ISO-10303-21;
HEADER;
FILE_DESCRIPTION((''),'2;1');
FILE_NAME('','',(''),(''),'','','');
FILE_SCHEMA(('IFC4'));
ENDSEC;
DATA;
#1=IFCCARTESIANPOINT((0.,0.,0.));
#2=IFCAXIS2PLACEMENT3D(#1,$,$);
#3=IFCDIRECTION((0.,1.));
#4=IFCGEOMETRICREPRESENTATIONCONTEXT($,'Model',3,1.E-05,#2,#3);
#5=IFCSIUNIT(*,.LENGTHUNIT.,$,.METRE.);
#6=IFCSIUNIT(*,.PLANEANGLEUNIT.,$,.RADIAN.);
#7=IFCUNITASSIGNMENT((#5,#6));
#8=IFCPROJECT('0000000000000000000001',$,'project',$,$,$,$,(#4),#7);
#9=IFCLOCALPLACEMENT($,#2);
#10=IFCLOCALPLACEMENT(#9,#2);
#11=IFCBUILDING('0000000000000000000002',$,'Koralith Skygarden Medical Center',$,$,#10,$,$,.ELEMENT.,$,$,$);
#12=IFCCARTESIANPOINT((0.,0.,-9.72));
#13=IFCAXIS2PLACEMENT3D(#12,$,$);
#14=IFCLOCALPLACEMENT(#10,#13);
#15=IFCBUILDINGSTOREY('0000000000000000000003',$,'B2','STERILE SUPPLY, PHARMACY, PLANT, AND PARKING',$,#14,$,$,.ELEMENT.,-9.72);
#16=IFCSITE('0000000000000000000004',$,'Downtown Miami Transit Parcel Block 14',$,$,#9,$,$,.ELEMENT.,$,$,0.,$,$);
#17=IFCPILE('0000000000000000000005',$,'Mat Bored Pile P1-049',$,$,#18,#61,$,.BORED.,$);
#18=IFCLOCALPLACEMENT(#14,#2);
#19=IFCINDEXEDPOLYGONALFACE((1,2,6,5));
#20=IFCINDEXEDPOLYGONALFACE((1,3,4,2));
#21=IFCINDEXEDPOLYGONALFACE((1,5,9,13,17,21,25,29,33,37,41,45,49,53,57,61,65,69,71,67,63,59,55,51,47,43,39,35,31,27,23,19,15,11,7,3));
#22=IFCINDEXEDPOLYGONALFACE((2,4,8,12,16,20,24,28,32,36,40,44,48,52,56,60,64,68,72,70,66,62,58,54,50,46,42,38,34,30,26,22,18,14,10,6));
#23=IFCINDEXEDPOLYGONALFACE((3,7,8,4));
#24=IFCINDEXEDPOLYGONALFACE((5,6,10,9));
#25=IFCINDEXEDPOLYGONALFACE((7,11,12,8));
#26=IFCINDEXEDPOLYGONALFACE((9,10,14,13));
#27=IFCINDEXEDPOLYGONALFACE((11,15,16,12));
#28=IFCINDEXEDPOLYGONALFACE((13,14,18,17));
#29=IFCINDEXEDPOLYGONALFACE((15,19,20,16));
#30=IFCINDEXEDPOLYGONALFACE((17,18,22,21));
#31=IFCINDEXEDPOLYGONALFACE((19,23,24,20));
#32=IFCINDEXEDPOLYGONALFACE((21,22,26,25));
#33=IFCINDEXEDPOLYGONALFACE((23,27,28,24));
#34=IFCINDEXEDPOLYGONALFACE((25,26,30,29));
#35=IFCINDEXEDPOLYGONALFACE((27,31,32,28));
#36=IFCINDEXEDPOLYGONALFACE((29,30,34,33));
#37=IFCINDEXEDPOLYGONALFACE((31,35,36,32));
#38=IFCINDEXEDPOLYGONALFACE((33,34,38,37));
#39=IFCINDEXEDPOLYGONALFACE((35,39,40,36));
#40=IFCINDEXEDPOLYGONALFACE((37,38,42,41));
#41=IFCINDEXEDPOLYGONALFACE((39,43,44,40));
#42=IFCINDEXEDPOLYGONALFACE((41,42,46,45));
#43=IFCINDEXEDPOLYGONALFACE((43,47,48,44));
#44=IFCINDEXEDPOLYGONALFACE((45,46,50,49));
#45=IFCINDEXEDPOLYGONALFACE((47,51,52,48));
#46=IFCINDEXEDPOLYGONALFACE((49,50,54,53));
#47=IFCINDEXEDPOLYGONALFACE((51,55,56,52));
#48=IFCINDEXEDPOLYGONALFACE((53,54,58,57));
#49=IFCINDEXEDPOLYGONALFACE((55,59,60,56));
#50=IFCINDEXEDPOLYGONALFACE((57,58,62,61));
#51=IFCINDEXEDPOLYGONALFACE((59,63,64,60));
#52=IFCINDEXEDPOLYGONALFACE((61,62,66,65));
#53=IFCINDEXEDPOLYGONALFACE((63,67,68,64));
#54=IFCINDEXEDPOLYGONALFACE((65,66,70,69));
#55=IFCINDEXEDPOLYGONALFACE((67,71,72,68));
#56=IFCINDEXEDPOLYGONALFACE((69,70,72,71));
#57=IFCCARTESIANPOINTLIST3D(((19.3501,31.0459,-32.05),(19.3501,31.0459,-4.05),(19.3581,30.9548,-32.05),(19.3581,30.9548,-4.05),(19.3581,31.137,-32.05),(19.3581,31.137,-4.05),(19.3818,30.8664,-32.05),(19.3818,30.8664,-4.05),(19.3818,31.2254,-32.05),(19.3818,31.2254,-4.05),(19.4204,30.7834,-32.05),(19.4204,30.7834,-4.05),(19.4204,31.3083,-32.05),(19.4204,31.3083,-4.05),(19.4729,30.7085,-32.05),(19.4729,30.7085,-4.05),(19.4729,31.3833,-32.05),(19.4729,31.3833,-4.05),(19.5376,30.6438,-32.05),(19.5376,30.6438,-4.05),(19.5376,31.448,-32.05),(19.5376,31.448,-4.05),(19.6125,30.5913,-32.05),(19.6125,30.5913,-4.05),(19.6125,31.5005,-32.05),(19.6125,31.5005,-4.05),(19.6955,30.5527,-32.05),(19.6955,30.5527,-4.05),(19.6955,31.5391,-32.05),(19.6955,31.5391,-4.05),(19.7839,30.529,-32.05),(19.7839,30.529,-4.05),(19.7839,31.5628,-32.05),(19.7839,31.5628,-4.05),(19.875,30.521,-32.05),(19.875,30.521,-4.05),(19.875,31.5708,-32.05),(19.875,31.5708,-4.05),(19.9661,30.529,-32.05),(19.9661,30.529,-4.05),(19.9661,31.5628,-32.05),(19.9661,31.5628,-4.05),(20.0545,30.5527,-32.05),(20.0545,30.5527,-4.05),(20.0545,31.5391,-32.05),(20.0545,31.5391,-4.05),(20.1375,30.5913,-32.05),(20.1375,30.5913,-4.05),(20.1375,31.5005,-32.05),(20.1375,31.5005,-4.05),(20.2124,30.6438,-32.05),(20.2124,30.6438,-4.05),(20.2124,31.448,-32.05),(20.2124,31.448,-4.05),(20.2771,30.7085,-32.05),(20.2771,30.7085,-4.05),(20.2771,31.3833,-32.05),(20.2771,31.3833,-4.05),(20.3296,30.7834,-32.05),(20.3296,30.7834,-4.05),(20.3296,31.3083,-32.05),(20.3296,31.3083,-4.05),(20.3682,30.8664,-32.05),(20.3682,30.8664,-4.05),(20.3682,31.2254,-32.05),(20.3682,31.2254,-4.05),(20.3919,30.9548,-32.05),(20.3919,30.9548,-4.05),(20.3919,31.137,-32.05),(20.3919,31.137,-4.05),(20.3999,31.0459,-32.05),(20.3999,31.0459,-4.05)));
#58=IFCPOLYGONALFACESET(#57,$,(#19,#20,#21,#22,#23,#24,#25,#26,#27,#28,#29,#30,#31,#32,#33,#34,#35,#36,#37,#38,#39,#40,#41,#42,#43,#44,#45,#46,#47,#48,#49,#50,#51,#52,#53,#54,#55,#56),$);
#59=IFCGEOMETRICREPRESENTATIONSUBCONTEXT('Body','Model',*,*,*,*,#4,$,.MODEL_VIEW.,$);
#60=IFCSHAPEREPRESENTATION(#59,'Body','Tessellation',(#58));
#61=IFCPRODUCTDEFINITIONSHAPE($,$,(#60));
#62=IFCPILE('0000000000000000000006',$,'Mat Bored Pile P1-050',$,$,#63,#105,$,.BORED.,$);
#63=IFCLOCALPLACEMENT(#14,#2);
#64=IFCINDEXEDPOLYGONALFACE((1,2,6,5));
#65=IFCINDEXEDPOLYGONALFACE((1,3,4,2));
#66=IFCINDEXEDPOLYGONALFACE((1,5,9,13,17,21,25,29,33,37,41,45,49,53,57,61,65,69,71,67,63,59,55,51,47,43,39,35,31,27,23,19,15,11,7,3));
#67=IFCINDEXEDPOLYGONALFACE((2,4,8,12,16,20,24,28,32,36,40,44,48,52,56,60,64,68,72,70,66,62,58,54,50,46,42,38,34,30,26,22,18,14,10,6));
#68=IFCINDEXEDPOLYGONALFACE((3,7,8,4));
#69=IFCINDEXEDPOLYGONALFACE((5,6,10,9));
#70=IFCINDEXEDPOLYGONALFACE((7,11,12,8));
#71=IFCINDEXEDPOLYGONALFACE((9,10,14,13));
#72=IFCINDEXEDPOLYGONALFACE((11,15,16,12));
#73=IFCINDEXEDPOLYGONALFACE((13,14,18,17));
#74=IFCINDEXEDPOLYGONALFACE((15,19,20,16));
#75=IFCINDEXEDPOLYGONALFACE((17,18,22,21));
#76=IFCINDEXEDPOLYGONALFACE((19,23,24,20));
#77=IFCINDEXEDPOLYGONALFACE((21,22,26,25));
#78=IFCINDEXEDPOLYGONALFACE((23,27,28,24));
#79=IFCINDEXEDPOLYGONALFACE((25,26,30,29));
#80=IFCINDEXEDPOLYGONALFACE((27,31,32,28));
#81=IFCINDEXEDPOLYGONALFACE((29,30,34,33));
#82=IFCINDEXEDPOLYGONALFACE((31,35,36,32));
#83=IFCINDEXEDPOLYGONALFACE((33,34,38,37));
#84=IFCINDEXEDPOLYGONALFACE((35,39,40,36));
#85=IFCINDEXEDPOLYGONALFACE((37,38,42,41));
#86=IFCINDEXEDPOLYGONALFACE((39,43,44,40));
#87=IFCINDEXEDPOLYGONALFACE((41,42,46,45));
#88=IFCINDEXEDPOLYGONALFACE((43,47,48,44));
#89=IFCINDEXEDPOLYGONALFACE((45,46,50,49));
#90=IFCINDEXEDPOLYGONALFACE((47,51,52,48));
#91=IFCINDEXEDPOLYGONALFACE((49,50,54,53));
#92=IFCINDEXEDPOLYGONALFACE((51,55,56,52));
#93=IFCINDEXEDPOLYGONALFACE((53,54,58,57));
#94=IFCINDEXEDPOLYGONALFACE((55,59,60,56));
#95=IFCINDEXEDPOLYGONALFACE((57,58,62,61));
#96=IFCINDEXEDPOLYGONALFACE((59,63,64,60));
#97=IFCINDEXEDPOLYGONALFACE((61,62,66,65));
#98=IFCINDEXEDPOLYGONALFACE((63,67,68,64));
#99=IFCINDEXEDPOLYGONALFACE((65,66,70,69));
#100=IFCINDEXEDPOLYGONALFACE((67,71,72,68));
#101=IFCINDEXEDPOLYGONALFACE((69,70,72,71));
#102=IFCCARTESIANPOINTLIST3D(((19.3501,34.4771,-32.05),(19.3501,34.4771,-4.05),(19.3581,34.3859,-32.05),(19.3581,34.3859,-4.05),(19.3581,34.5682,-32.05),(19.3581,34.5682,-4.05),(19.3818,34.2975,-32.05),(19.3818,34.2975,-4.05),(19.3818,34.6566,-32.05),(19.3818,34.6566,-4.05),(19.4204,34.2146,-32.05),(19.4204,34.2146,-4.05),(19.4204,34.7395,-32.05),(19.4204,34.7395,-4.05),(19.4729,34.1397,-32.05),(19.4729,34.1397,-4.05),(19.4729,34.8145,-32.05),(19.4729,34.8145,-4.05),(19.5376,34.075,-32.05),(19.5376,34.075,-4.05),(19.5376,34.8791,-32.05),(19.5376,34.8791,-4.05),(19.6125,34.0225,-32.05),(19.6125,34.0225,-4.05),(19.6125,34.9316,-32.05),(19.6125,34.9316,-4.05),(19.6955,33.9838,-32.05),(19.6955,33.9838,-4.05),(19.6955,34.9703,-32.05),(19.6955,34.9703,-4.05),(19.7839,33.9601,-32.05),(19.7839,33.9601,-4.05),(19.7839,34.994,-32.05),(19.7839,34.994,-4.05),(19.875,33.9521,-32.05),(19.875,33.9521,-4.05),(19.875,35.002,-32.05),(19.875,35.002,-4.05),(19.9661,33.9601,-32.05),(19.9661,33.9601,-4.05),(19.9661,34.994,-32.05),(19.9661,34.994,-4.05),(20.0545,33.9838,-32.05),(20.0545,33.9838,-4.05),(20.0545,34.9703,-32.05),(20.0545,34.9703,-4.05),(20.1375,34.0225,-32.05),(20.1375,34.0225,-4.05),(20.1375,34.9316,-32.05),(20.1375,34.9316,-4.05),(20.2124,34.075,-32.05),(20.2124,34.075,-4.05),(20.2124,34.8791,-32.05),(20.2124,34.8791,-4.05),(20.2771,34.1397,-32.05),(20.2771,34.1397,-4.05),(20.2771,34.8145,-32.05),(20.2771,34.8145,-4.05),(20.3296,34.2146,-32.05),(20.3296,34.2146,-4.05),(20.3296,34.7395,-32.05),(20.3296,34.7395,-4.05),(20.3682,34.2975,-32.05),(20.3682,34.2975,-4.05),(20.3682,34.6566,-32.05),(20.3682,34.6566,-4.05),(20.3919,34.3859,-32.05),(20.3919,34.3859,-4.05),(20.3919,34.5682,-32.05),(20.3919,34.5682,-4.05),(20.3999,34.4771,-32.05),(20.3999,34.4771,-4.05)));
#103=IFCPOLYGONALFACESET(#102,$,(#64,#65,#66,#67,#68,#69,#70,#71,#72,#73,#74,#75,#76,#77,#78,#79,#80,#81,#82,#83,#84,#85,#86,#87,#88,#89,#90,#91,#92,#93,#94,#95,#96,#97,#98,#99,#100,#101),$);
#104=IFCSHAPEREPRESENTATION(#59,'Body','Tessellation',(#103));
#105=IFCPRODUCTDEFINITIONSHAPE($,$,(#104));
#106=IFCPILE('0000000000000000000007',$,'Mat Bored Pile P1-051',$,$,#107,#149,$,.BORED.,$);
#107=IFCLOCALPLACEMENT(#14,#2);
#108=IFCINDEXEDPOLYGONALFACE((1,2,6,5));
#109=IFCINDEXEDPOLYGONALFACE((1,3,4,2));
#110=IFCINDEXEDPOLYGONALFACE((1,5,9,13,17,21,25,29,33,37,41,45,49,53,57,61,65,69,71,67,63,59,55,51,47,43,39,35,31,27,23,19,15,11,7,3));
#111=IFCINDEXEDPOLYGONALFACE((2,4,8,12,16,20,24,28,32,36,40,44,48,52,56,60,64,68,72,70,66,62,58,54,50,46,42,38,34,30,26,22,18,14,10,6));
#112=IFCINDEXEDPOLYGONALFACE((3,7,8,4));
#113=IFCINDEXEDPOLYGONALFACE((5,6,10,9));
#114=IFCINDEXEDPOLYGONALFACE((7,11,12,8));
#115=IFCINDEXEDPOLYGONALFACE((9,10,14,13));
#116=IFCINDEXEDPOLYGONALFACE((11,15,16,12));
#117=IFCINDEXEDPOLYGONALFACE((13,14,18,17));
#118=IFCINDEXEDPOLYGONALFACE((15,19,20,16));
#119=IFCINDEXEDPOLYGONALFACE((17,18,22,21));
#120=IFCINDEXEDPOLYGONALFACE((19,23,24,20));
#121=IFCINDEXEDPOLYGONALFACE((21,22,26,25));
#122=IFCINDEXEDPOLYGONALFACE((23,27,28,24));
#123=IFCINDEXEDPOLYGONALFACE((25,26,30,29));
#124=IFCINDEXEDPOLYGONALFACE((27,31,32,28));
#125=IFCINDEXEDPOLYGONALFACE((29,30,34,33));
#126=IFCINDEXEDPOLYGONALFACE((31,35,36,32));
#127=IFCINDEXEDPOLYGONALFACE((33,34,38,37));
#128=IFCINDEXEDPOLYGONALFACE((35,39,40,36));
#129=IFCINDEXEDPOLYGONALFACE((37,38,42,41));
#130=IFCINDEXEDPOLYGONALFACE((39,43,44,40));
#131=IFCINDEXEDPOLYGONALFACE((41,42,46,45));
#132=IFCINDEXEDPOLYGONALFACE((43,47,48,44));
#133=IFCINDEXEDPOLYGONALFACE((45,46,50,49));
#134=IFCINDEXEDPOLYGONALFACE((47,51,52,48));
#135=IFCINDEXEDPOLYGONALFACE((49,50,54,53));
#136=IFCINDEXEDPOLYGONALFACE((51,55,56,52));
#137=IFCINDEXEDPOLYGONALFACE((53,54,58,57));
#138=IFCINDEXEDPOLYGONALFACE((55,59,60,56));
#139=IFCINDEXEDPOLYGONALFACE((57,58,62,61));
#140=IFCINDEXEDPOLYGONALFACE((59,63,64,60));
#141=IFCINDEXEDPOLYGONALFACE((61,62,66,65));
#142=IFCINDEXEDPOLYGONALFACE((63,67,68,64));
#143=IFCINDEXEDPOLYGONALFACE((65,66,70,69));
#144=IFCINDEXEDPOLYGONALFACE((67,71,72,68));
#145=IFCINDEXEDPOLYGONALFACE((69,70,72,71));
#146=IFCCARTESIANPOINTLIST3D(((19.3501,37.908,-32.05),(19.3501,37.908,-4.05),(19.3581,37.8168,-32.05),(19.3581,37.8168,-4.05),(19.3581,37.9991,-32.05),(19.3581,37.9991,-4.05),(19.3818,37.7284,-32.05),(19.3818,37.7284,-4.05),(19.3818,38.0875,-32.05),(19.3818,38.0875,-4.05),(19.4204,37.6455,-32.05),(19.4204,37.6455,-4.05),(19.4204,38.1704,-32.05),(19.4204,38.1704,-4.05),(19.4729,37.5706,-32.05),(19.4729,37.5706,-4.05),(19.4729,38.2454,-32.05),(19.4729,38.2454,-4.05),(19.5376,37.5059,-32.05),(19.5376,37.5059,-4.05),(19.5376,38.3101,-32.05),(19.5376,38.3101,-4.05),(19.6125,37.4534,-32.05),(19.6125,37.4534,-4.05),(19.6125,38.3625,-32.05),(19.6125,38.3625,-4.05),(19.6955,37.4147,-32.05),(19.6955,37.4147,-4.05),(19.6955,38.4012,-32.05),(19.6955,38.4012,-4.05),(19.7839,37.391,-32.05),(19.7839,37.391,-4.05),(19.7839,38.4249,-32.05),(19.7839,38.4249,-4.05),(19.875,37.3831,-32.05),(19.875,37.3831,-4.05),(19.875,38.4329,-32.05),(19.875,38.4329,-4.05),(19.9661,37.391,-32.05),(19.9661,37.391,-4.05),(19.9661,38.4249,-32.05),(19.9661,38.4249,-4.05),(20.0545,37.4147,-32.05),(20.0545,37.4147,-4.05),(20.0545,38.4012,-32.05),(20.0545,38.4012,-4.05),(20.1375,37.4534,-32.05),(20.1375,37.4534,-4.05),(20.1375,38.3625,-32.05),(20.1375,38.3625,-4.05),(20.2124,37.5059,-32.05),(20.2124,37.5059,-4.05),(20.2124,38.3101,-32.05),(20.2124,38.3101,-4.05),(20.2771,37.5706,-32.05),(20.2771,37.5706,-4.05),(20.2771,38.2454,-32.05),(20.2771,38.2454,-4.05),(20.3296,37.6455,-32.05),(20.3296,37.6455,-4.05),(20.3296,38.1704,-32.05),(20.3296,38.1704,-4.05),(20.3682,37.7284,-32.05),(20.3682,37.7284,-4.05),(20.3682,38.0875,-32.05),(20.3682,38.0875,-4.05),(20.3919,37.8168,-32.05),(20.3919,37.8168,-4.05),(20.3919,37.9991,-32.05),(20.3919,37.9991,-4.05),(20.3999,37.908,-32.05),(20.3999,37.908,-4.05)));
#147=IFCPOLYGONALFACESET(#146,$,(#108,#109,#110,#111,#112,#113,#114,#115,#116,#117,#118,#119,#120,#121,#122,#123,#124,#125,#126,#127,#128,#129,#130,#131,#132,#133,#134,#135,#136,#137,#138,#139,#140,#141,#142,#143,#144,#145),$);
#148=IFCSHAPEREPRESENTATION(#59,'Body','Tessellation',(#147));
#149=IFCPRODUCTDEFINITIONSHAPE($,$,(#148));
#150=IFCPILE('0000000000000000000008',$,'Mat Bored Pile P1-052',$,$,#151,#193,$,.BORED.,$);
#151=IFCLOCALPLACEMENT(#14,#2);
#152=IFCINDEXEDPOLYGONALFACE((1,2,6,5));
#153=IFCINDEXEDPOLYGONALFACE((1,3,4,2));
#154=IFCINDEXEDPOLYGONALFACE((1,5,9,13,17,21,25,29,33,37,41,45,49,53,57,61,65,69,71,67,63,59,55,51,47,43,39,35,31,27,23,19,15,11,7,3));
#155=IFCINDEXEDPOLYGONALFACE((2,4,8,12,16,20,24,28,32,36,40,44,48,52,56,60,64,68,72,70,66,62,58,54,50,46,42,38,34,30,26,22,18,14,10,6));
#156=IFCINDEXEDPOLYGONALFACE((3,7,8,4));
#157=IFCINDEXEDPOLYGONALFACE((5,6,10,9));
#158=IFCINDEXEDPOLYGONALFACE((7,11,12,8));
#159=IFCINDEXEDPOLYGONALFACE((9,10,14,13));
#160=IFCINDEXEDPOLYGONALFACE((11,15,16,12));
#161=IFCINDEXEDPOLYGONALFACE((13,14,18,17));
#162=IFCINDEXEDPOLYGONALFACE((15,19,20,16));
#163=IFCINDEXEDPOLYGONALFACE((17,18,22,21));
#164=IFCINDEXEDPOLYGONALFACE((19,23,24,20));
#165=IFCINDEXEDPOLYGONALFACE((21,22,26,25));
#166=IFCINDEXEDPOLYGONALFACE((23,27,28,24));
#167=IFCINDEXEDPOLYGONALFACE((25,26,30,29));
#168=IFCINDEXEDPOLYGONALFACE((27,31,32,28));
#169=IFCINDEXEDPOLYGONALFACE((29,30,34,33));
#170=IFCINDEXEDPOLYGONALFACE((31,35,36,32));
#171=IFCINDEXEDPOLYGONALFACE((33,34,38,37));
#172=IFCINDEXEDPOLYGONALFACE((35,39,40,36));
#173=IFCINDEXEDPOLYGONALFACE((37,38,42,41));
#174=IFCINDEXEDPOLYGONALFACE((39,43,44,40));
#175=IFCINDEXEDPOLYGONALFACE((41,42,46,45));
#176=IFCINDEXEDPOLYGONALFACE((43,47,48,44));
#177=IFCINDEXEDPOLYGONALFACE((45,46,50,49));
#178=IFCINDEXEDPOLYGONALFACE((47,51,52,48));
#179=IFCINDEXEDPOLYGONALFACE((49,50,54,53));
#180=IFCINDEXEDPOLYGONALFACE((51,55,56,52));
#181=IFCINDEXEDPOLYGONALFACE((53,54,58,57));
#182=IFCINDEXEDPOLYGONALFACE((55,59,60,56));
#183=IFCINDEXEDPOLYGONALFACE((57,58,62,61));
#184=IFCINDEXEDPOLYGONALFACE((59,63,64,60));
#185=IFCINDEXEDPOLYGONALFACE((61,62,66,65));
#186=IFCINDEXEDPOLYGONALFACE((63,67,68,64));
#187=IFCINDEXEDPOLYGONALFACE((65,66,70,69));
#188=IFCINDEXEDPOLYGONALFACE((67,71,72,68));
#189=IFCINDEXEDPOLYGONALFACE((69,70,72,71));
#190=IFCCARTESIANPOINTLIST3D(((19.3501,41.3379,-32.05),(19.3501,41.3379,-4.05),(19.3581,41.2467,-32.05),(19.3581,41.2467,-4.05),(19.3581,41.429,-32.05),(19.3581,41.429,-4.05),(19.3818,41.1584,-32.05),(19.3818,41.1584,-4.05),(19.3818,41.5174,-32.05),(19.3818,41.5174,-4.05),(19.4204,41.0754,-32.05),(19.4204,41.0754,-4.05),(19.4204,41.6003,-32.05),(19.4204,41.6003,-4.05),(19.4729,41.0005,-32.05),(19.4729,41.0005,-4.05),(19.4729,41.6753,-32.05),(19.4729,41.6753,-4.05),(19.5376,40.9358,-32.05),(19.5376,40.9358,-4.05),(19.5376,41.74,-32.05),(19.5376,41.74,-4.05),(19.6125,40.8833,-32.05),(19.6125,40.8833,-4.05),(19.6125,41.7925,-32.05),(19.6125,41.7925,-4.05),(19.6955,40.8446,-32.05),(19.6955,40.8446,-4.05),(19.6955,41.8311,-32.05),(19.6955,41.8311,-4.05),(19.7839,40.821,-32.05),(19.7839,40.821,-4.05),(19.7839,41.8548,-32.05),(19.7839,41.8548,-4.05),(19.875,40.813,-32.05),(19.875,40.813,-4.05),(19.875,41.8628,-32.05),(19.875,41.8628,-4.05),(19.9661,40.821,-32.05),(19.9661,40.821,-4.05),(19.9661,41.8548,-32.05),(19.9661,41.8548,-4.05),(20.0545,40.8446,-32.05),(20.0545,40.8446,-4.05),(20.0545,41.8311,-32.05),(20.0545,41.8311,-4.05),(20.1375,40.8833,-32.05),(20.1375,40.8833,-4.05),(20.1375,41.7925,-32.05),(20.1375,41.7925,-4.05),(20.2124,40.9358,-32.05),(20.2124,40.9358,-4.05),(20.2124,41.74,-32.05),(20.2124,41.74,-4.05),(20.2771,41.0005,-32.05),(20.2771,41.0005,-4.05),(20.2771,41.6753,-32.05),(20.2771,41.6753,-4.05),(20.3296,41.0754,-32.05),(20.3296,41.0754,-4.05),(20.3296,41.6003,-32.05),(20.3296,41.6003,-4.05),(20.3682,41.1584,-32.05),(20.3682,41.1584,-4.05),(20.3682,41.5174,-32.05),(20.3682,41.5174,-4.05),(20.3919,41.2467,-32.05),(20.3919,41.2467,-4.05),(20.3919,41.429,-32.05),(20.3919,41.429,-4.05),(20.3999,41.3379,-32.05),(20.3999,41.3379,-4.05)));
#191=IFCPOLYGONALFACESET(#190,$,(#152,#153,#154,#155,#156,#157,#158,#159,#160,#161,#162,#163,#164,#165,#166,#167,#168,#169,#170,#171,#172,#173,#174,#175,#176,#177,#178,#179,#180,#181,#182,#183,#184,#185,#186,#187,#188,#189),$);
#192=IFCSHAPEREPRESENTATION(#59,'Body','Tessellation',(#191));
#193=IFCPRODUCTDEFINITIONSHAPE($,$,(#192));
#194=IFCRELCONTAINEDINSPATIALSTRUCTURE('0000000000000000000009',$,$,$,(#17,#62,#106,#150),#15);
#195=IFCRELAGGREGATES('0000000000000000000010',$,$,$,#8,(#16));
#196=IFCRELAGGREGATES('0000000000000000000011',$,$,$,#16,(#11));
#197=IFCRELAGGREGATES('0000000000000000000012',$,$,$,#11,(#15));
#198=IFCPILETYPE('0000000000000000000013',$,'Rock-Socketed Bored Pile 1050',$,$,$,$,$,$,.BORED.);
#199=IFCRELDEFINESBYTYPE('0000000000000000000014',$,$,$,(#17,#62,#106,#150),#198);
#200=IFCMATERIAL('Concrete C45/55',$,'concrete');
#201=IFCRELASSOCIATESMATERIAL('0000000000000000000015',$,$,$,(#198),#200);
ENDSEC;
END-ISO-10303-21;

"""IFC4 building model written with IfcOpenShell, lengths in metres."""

from ifc_helpers import new_model, si_unit, direction, frame, origin, origin_2d, place, context, subcontext, project, spatial, circle, extrude, material, material_profile, profile_set, type_object, element, save


model = new_model("IFC4")

# Units and contexts
model_context = context("Model", 3, precision=1e-05, world=origin(), true_north=direction((0.0, 1.0)))
body_context = subcontext(model_context, "Body", "Model", "MODEL_VIEW")
ifc_project = project(units=[si_unit("LENGTHUNIT", "METRE"), si_unit("PLANEANGLEUNIT", "RADIAN")], contexts=[model_context])

# Site, building, storey
site_placement = place(None, origin())
site = spatial("IfcSite", under=ifc_project, at=site_placement, Name="Downtown Miami Transit Parcel Block 14", CompositionType="ELEMENT", RefElevation=0.0)
building_placement = place(site_placement, origin())
building = spatial("IfcBuilding", under=site, at=building_placement, Name="Koralith Skygarden Medical Center", CompositionType="ELEMENT")
storey_placement = place(building_placement, frame((0.0, 0.0, -9.72)))
storey = spatial("IfcBuildingStorey", under=building, at=storey_placement, Name="B2", Description="STERILE SUPPLY, PHARMACY, PLANT, AND PARKING", CompositionType="ELEMENT", Elevation=-9.72)

# Piles
ifc_material_1 = material(Name="Concrete C45/55", Category="concrete")
ifc_material_profile_1 = material_profile(ifc_material_1, circle(Radius=0.5249, at=origin_2d()), Name="PILE1050")
ifc_profile_set_1 = profile_set([ifc_material_profile_1], Name="Concrete C45/55")
pile_type_1 = type_object("IfcPileType", Name="Rock-Socketed Bored Pile 1050", PredefinedType="BORED", material=ifc_profile_set_1)
for number, where, z_axis, x_axis, name in (
    (1, (19.875, 31.0459, -4.05), (0.0, 0.0, -1.0), (1.0, 0.0, 0.0), "Mat Bored Pile P1-049"),
    (2, (19.875, 34.4771, -4.05), (0.0, 0.0, -1.0), (1.0, 0.0, 0.0), "Mat Bored Pile P1-050"),
    (3, (19.875, 37.908, -4.05), (0.0, 0.0, -1.0), (1.0, 0.0, 0.0), "Mat Bored Pile P1-051"),
    (4, (19.875, 41.3379, -4.05), (0.0, 0.0, -1.0), (1.0, 0.0, 0.0), "Mat Bored Pile P1-052"),
):
    element("IfcPile", number, at=place(storey_placement, frame(where, z_axis=z_axis, x_axis=x_axis)), inside=storey, type_object=pile_type_1, Name=name, PredefinedType="BORED", context=body_context, shape_type="SweptSolid", body=[
        extrude(circle(Radius=0.5249, at=origin_2d()), origin(), (0.0, 0.0, 1.0), 28.0),
    ])

save(model, "model.ifc")
